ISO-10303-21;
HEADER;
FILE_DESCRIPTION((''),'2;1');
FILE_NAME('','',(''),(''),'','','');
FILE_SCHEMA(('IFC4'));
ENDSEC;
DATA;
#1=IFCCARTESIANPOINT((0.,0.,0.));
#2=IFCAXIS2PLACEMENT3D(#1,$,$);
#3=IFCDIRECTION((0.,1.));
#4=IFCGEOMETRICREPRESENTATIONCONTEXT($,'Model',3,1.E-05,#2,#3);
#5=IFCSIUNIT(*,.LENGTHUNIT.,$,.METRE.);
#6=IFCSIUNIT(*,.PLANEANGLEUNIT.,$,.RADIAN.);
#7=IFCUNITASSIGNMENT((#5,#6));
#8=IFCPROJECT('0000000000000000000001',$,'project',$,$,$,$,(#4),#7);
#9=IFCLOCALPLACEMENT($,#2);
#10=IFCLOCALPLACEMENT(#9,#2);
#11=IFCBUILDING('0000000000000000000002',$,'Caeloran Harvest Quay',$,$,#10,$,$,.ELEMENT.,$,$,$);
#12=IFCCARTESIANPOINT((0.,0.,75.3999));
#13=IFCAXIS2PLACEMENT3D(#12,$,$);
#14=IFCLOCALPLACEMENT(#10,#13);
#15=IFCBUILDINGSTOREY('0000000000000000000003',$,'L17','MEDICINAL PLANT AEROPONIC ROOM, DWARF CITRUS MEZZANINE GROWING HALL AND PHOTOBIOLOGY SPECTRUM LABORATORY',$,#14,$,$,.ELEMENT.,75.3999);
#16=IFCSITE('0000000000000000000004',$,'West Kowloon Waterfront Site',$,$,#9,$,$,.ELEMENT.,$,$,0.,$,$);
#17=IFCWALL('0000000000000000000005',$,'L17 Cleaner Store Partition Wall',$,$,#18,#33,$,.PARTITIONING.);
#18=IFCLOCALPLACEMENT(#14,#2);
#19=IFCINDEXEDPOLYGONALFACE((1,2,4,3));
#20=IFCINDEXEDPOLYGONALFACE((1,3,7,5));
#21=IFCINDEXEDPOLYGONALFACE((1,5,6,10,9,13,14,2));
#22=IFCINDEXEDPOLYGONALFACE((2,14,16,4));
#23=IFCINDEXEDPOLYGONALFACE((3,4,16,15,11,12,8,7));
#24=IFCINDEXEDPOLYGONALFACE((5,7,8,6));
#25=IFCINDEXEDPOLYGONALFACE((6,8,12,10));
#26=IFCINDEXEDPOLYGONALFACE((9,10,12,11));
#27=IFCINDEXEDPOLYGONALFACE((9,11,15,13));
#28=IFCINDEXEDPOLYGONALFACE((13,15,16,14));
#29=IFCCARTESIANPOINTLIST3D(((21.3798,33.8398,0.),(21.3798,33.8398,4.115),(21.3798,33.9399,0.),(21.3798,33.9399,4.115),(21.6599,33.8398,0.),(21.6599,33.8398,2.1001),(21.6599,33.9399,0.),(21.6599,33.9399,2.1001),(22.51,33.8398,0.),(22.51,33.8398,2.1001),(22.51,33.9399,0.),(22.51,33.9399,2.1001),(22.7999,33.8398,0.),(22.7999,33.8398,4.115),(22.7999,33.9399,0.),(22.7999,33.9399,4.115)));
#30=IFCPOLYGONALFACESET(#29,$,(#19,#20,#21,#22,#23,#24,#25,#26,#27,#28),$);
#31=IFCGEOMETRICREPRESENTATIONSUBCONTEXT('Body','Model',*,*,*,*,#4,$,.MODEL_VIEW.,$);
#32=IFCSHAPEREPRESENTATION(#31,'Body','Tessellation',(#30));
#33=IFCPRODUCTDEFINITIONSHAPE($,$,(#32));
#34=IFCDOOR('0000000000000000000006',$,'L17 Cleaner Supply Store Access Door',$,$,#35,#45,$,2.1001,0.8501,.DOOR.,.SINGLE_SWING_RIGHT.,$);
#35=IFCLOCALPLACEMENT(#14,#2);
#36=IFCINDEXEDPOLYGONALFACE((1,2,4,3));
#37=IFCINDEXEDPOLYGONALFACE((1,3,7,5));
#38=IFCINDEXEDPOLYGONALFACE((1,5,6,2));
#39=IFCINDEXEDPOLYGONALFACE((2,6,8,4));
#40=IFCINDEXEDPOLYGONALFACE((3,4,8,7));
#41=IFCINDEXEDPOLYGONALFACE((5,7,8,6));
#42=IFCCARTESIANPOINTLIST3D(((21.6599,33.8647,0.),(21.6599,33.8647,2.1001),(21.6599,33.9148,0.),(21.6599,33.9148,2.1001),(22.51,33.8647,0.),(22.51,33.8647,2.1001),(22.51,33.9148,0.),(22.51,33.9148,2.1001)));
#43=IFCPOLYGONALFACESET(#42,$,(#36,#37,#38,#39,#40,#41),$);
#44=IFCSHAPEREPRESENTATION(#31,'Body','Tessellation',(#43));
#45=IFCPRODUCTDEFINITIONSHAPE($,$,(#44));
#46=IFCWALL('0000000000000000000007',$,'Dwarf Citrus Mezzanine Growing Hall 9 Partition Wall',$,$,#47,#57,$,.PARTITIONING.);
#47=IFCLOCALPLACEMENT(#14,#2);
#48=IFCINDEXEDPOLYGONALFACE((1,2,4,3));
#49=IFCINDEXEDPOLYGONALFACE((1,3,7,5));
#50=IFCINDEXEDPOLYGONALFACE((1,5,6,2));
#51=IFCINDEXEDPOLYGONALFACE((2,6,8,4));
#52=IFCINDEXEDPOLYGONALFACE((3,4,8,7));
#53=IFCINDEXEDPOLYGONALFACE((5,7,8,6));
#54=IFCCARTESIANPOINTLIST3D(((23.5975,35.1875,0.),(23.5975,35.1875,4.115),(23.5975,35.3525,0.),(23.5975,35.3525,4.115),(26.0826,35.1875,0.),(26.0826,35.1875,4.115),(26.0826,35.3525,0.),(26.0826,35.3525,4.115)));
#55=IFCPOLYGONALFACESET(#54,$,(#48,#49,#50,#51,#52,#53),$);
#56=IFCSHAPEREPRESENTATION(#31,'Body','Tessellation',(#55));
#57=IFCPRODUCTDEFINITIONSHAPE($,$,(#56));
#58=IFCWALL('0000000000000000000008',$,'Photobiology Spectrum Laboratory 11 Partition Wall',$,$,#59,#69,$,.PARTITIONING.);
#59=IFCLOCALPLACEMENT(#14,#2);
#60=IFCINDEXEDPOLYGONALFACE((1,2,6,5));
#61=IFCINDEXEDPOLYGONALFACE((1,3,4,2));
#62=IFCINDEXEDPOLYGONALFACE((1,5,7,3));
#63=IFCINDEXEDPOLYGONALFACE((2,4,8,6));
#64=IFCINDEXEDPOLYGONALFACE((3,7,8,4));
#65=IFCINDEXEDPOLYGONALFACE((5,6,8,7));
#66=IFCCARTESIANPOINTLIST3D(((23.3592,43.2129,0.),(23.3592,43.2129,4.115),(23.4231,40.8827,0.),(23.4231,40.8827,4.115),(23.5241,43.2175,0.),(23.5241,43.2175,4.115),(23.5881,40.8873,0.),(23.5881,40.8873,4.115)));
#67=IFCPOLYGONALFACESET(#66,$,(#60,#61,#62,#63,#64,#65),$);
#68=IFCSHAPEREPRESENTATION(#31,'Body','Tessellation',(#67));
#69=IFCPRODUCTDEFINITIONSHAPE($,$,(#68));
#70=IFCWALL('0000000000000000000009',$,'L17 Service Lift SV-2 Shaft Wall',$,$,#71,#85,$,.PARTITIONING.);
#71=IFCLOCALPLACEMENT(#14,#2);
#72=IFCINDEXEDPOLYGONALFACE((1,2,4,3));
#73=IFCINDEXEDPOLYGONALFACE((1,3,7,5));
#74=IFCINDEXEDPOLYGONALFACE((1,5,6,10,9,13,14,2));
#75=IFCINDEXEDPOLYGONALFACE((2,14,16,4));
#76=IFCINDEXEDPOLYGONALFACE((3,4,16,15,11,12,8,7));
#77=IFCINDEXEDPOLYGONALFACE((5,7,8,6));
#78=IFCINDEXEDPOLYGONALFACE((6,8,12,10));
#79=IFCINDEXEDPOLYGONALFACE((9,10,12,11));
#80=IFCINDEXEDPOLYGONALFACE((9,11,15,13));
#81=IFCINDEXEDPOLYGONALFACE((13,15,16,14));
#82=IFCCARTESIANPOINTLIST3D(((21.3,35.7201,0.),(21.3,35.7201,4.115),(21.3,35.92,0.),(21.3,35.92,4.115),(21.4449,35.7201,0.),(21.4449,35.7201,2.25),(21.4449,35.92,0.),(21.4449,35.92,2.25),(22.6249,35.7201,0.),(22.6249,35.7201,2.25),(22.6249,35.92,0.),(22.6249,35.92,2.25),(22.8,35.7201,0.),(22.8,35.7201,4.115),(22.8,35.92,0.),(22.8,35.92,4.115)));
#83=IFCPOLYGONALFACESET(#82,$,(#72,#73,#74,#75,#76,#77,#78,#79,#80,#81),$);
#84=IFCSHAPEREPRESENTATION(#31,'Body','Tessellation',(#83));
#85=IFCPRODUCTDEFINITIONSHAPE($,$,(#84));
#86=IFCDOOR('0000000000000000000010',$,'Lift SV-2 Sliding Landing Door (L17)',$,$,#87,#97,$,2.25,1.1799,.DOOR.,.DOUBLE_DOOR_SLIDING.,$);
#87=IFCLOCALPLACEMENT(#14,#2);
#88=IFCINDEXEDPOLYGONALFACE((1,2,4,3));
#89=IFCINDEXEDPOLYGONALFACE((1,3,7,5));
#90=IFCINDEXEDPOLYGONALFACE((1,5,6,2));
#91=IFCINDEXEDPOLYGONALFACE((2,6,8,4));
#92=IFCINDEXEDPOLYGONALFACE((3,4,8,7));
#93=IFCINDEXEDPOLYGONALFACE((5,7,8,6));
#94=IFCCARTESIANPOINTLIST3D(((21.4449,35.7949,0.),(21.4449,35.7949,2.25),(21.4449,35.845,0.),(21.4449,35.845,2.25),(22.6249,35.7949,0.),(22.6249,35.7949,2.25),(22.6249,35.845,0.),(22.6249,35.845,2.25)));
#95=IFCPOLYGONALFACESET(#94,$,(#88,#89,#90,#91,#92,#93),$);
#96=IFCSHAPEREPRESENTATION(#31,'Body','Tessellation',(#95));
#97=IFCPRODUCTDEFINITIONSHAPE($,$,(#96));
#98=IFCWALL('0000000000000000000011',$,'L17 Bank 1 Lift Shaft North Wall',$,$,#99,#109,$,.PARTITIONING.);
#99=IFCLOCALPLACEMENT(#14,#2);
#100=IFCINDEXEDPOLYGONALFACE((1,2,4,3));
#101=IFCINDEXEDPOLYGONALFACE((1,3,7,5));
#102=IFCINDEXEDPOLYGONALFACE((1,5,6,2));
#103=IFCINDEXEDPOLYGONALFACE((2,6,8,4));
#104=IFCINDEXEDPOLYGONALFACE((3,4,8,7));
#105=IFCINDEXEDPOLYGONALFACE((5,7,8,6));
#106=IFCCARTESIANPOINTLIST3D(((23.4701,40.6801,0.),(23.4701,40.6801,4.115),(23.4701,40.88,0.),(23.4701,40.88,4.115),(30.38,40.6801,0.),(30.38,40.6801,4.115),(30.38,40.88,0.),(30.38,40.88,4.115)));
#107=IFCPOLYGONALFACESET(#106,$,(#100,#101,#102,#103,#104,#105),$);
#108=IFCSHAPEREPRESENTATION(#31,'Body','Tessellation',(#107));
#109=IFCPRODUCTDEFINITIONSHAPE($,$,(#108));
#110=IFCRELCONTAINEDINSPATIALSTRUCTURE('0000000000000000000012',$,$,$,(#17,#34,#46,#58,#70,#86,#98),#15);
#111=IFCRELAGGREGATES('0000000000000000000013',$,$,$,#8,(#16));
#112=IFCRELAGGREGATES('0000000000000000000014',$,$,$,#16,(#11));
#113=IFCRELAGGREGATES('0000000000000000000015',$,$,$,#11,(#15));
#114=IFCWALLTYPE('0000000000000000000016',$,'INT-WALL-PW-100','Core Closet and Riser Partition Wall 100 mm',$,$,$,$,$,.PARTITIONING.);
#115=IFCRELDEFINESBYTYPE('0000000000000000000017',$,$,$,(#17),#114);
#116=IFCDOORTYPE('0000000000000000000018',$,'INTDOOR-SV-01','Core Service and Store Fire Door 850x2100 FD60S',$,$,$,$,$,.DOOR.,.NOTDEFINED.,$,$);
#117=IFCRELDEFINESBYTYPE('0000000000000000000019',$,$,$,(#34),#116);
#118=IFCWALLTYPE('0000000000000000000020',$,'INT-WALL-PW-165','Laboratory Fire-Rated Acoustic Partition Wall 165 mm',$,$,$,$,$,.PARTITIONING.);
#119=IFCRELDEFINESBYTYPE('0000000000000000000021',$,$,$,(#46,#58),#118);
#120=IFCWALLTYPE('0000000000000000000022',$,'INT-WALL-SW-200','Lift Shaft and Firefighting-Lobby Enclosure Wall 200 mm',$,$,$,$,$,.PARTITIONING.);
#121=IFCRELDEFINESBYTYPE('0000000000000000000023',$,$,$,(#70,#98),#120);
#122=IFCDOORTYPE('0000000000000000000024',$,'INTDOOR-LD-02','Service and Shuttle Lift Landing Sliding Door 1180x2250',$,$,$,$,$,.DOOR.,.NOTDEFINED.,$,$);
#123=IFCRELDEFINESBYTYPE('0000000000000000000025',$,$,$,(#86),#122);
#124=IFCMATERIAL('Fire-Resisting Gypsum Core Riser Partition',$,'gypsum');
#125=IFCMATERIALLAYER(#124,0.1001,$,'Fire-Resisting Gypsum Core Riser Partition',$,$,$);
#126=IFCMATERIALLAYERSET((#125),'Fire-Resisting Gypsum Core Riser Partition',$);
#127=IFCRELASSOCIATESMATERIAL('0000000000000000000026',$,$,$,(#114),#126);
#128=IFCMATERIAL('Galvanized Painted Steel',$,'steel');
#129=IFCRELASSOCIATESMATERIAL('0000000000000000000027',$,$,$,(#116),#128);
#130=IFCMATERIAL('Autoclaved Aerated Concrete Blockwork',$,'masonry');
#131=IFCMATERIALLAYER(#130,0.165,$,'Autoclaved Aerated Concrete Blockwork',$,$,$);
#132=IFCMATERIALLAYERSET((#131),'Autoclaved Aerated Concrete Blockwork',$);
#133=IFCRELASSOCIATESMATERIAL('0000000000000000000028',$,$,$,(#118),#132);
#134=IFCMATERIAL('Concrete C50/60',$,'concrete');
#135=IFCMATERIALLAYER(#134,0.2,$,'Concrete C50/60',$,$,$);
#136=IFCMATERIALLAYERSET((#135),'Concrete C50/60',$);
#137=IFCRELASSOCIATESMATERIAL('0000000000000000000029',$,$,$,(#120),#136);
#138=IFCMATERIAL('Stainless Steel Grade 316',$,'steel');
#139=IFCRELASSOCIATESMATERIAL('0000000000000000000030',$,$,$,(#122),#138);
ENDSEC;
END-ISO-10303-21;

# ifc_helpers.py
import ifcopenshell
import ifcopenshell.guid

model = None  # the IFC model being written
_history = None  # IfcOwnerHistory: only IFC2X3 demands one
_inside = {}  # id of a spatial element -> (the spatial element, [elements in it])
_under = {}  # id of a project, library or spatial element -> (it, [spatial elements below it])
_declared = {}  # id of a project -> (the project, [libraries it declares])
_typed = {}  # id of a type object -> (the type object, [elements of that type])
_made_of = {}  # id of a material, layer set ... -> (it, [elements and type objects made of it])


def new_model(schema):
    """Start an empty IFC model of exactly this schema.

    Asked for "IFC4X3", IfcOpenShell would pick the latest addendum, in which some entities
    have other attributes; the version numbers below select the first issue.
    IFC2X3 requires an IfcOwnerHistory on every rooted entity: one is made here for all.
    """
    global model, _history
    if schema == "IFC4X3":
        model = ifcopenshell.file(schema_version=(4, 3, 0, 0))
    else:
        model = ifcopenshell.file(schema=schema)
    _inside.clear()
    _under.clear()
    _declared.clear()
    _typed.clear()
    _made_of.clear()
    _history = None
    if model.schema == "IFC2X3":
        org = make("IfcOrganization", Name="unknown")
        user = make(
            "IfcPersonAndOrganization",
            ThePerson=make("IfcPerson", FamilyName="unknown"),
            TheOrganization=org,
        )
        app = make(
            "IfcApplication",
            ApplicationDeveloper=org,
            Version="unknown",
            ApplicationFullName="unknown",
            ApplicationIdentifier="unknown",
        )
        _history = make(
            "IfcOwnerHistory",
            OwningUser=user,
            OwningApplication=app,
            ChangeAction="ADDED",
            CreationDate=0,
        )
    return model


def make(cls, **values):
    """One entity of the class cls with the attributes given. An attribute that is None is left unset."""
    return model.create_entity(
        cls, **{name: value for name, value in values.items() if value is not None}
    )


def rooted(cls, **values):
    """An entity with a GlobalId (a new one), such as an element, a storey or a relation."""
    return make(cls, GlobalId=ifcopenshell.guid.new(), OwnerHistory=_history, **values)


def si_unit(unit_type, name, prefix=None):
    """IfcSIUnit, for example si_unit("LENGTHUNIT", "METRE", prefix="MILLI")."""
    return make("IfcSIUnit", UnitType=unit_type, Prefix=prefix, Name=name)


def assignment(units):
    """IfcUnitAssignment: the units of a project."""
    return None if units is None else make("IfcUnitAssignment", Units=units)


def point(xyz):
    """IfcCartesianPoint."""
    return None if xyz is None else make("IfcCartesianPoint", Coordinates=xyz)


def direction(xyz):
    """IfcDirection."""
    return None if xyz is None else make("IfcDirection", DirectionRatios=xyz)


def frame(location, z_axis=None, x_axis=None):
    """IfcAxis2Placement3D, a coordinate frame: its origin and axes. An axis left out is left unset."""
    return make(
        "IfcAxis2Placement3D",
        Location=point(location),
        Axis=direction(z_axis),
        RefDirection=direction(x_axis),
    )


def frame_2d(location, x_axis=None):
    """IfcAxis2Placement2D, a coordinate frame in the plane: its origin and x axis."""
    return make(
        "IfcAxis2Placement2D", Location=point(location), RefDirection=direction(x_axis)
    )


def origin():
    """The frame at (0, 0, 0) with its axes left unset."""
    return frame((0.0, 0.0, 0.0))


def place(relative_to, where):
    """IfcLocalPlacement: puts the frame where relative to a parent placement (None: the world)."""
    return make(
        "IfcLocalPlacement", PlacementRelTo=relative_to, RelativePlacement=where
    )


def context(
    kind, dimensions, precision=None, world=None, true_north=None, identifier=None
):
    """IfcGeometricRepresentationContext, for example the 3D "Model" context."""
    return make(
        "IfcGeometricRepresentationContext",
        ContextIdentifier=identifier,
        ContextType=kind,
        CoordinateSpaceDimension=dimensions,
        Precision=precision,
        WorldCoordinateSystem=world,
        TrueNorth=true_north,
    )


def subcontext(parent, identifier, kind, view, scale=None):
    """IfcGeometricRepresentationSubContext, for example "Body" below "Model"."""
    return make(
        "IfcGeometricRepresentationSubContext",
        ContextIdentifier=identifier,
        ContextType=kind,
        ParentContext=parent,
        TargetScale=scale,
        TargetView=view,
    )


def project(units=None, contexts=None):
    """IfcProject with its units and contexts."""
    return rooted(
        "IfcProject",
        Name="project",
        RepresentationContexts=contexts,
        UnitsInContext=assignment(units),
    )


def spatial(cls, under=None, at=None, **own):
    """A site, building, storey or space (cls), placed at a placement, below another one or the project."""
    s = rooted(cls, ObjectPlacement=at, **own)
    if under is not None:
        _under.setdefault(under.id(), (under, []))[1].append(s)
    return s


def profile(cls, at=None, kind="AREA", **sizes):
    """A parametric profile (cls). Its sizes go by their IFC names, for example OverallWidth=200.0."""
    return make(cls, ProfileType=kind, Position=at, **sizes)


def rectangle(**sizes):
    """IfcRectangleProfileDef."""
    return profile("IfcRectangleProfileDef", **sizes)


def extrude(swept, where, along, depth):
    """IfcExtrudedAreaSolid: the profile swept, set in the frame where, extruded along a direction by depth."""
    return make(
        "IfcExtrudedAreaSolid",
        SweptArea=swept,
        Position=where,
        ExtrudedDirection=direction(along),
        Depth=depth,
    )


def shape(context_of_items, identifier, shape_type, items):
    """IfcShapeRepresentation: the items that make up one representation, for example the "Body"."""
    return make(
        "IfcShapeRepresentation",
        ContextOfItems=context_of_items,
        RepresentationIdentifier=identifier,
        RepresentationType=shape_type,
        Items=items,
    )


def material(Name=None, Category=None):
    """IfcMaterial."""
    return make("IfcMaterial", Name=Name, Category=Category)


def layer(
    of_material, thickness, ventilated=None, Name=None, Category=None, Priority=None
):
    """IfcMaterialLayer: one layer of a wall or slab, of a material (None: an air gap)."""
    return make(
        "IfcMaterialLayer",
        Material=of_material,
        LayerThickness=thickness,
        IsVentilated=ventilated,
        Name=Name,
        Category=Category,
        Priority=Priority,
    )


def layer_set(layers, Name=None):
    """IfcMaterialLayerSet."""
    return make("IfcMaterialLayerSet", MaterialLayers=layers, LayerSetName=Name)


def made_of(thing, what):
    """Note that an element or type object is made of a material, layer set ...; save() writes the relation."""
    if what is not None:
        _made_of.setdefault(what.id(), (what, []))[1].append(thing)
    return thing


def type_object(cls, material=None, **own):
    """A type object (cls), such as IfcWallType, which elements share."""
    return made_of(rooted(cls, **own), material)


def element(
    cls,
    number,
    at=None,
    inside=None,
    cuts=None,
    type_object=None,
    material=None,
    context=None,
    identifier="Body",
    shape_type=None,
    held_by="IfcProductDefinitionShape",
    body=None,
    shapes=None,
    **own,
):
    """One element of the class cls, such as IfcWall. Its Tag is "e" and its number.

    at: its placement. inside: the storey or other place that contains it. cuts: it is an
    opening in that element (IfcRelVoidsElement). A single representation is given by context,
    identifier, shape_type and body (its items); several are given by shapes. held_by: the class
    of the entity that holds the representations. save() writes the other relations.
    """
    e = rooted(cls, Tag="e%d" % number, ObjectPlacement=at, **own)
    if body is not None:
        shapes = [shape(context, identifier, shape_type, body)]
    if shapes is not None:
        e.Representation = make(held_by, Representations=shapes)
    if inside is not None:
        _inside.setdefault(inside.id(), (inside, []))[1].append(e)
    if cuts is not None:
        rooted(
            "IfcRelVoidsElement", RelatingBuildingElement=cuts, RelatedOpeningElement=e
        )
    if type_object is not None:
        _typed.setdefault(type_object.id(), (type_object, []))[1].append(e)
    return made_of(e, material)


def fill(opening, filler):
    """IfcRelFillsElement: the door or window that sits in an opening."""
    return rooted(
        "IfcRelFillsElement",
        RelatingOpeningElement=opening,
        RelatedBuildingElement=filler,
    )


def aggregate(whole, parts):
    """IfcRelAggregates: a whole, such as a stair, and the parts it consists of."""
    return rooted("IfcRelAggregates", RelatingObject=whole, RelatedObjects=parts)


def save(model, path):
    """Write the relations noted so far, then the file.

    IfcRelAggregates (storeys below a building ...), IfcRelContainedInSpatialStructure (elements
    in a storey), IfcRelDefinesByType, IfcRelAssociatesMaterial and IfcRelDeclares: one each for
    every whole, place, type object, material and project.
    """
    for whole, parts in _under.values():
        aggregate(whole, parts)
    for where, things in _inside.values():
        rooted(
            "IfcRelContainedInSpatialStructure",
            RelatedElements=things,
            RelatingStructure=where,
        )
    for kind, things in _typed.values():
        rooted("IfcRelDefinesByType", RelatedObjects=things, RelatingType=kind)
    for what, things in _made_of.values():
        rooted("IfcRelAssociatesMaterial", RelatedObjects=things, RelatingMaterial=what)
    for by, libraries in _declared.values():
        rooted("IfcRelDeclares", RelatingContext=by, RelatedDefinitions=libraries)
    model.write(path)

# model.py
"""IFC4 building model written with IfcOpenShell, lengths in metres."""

from ifc_helpers import new_model, si_unit, direction, frame, frame_2d, origin, place, context, subcontext, project, spatial, rectangle, extrude, material, layer, layer_set, type_object, element, fill, save


model = new_model("IFC4")

# Units and contexts
model_context = context("Model", 3, precision=1e-05, world=origin(), true_north=direction((0.0, 1.0)))
body_context = subcontext(model_context, "Body", "Model", "MODEL_VIEW")
ifc_project = project(units=[si_unit("LENGTHUNIT", "METRE"), si_unit("PLANEANGLEUNIT", "RADIAN")], contexts=[model_context])

# Site, building, storey
site_placement = place(None, origin())
site = spatial("IfcSite", under=ifc_project, at=site_placement, Name="West Kowloon Waterfront Site", CompositionType="ELEMENT", RefElevation=0.0)
building_placement = place(site_placement, origin())
building = spatial("IfcBuilding", under=site, at=building_placement, Name="Caeloran Harvest Quay", CompositionType="ELEMENT")
storey_placement = place(building_placement, frame((0.0, 0.0, 75.3999)))
storey = spatial("IfcBuildingStorey", under=building, at=storey_placement, Name="L17", Description="MEDICINAL PLANT AEROPONIC ROOM, DWARF CITRUS MEZZANINE GROWING HALL AND PHOTOBIOLOGY SPECTRUM LABORATORY", CompositionType="ELEMENT", Elevation=75.3999)

# Wall, opening, door
ifc_material_1 = material(Name="Fire-Resisting Gypsum Core Riser Partition", Category="gypsum")
ifc_layer_1 = layer(ifc_material_1, 0.1001, Name="Fire-Resisting Gypsum Core Riser Partition")
ifc_layer_set_1 = layer_set([ifc_layer_1], Name="Fire-Resisting Gypsum Core Riser Partition")
wall_type_1 = type_object("IfcWallType", Name="INT-WALL-PW-100", Description="Core Closet and Riser Partition Wall 100 mm", PredefinedType="PARTITIONING", material=ifc_layer_set_1)
wall_1_placement = place(storey_placement, frame((21.3799, 33.8899, 0.0), z_axis=(0.0, 0.0, 1.0), x_axis=(1.0, 0.0, 0.0)))
wall_1 = element("IfcWall", 1, at=wall_1_placement, inside=storey, type_object=wall_type_1, Name="L17 Cleaner Store Partition Wall", PredefinedType="PARTITIONING", context=body_context, shape_type="SweptSolid", body=[
    extrude(rectangle(XDim=1.4202, YDim=0.1001, at=frame_2d((0.71, 0.0))), origin(), (0.0, 0.0, 1.0), 4.115),
])
opening_1_placement = place(wall_1_placement, frame((0.28, 0.0, 0.0)))
opening_1 = element("IfcOpeningElement", 2, at=opening_1_placement, cuts=wall_1, PredefinedType="OPENING", context=body_context, shape_type="SweptSolid", body=[
    extrude(rectangle(XDim=0.8501, YDim=2.1001, at=frame_2d((0.425, 1.05))), frame((0.0, 0.0601, 0.0), z_axis=(0.0, -1.0, 0.0), x_axis=(1.0, 0.0, 0.0)), (0.0, 0.0, 1.0), 0.1201),
])
ifc_material_2 = material(Name="Galvanized Painted Steel", Category="steel")
door_type_1 = type_object("IfcDoorType", Name="INTDOOR-SV-01", Description="Core Service and Store Fire Door 850x2100 FD60S", OperationType="NOTDEFINED", PredefinedType="DOOR", material=ifc_material_2)
door_1_placement = place(opening_1_placement, origin())
door_1 = element("IfcDoor", 3, at=door_1_placement, inside=storey, type_object=door_type_1, Name="L17 Cleaner Supply Store Access Door", OperationType="SINGLE_SWING_RIGHT", OverallHeight=2.1001, OverallWidth=0.8501, PredefinedType="DOOR", context=body_context, shape_type="SweptSolid", body=[
    extrude(rectangle(XDim=0.8501, YDim=2.1001, at=frame_2d((0.425, 1.05))), frame((0.0, 0.0249, 0.0), z_axis=(0.0, -1.0, 0.0), x_axis=(1.0, 0.0, 0.0)), (0.0, 0.0, 1.0), 0.05),
])
fill(opening_1, door_1)

# Walls
ifc_material_3 = material(Name="Autoclaved Aerated Concrete Blockwork", Category="masonry")
ifc_layer_2 = layer(ifc_material_3, 0.165, Name="Autoclaved Aerated Concrete Blockwork")
ifc_layer_set_2 = layer_set([ifc_layer_2], Name="Autoclaved Aerated Concrete Blockwork")
wall_type_2 = type_object("IfcWallType", Name="INT-WALL-PW-165", Description="Laboratory Fire-Rated Acoustic Partition Wall 165 mm", PredefinedType="PARTITIONING", material=ifc_layer_set_2)
wall_2_placement = place(storey_placement, frame((23.5974, 35.27, 0.0), z_axis=(0.0, 0.0, 1.0), x_axis=(1.0, 0.0, 0.0)))
element("IfcWall", 4, at=wall_2_placement, inside=storey, type_object=wall_type_2, Name="Dwarf Citrus Mezzanine Growing Hall 9 Partition Wall", PredefinedType="PARTITIONING", context=body_context, shape_type="SweptSolid", body=[
    extrude(rectangle(XDim=2.4851, YDim=0.165, at=frame_2d((1.2427, 0.0))), origin(), (0.0, 0.0, 1.0), 4.115),
])
wall_3_placement = place(storey_placement, frame((23.5056, 40.885, 0.0), z_axis=(0.0, 0.0, 1.0), x_axis=(-0.027441, 0.999623, 0.0)))
element("IfcWall", 5, at=wall_3_placement, inside=storey, type_object=wall_type_2, Name="Photobiology Spectrum Laboratory 11 Partition Wall", PredefinedType="PARTITIONING", context=body_context, shape_type="SweptSolid", body=[
    extrude(rectangle(XDim=2.3311, YDim=0.165, at=frame_2d((1.1655, 0.0))), origin(), (0.0, 0.0, 1.0), 4.115),
])

# Wall, opening, door
ifc_material_4 = material(Name="Concrete C50/60", Category="concrete")
ifc_layer_3 = layer(ifc_material_4, 0.2, Name="Concrete C50/60")
ifc_layer_set_3 = layer_set([ifc_layer_3], Name="Concrete C50/60")
wall_type_3 = type_object("IfcWallType", Name="INT-WALL-SW-200", Description="Lift Shaft and Firefighting-Lobby Enclosure Wall 200 mm", PredefinedType="PARTITIONING", material=ifc_layer_set_3)
wall_4_placement = place(storey_placement, frame((21.3, 35.8201, 0.0), z_axis=(0.0, 0.0, 1.0), x_axis=(1.0, 0.0, 0.0)))
wall_4 = element("IfcWall", 6, at=wall_4_placement, inside=storey, type_object=wall_type_3, Name="L17 Service Lift SV-2 Shaft Wall", PredefinedType="PARTITIONING", context=body_context, shape_type="SweptSolid", body=[
    extrude(rectangle(XDim=1.5, YDim=0.2, at=frame_2d((0.75, 0.0))), origin(), (0.0, 0.0, 1.0), 4.115),
])
opening_2_placement = place(wall_4_placement, frame((0.145, 0.0, 0.0)))
opening_2 = element("IfcOpeningElement", 7, at=opening_2_placement, cuts=wall_4, PredefinedType="OPENING", context=body_context, shape_type="SweptSolid", body=[
    extrude(rectangle(XDim=1.1799, YDim=2.25, at=frame_2d((0.5898, 1.125))), frame((0.0, 0.1099, 0.0), z_axis=(0.0, -1.0, 0.0), x_axis=(1.0, 0.0, 0.0)), (0.0, 0.0, 1.0), 0.22),
])
ifc_material_5 = material(Name="Stainless Steel Grade 316", Category="steel")
door_type_2 = type_object("IfcDoorType", Name="INTDOOR-LD-02", Description="Service and Shuttle Lift Landing Sliding Door 1180x2250", OperationType="NOTDEFINED", PredefinedType="DOOR", material=ifc_material_5)
door_2_placement = place(opening_2_placement, origin())
door_2 = element("IfcDoor", 8, at=door_2_placement, inside=storey, type_object=door_type_2, Name="Lift SV-2 Sliding Landing Door (L17)", OperationType="DOUBLE_DOOR_SLIDING", OverallHeight=2.25, OverallWidth=1.1799, PredefinedType="DOOR", context=body_context, shape_type="SweptSolid", body=[
    extrude(rectangle(XDim=1.1799, YDim=2.25, at=frame_2d((0.5898, 1.125))), frame((0.0, 0.0249, 0.0), z_axis=(0.0, -1.0, 0.0), x_axis=(1.0, 0.0, 0.0)), (0.0, 0.0, 1.0), 0.05),
])
fill(opening_2, door_2)

# Wall
wall_5_placement = place(storey_placement, frame((23.47, 40.78, 0.0), z_axis=(0.0, 0.0, 1.0), x_axis=(1.0, 0.0, 0.0)))
element("IfcWall", 9, at=wall_5_placement, inside=storey, type_object=wall_type_3, Name="L17 Bank 1 Lift Shaft North Wall", PredefinedType="PARTITIONING", context=body_context, shape_type="SweptSolid", body=[
    extrude(rectangle(XDim=6.9099, YDim=0.2, at=frame_2d((3.4551, 0.0))), origin(), (0.0, 0.0, 1.0), 4.115),
])

save(model, "model.ifc")
